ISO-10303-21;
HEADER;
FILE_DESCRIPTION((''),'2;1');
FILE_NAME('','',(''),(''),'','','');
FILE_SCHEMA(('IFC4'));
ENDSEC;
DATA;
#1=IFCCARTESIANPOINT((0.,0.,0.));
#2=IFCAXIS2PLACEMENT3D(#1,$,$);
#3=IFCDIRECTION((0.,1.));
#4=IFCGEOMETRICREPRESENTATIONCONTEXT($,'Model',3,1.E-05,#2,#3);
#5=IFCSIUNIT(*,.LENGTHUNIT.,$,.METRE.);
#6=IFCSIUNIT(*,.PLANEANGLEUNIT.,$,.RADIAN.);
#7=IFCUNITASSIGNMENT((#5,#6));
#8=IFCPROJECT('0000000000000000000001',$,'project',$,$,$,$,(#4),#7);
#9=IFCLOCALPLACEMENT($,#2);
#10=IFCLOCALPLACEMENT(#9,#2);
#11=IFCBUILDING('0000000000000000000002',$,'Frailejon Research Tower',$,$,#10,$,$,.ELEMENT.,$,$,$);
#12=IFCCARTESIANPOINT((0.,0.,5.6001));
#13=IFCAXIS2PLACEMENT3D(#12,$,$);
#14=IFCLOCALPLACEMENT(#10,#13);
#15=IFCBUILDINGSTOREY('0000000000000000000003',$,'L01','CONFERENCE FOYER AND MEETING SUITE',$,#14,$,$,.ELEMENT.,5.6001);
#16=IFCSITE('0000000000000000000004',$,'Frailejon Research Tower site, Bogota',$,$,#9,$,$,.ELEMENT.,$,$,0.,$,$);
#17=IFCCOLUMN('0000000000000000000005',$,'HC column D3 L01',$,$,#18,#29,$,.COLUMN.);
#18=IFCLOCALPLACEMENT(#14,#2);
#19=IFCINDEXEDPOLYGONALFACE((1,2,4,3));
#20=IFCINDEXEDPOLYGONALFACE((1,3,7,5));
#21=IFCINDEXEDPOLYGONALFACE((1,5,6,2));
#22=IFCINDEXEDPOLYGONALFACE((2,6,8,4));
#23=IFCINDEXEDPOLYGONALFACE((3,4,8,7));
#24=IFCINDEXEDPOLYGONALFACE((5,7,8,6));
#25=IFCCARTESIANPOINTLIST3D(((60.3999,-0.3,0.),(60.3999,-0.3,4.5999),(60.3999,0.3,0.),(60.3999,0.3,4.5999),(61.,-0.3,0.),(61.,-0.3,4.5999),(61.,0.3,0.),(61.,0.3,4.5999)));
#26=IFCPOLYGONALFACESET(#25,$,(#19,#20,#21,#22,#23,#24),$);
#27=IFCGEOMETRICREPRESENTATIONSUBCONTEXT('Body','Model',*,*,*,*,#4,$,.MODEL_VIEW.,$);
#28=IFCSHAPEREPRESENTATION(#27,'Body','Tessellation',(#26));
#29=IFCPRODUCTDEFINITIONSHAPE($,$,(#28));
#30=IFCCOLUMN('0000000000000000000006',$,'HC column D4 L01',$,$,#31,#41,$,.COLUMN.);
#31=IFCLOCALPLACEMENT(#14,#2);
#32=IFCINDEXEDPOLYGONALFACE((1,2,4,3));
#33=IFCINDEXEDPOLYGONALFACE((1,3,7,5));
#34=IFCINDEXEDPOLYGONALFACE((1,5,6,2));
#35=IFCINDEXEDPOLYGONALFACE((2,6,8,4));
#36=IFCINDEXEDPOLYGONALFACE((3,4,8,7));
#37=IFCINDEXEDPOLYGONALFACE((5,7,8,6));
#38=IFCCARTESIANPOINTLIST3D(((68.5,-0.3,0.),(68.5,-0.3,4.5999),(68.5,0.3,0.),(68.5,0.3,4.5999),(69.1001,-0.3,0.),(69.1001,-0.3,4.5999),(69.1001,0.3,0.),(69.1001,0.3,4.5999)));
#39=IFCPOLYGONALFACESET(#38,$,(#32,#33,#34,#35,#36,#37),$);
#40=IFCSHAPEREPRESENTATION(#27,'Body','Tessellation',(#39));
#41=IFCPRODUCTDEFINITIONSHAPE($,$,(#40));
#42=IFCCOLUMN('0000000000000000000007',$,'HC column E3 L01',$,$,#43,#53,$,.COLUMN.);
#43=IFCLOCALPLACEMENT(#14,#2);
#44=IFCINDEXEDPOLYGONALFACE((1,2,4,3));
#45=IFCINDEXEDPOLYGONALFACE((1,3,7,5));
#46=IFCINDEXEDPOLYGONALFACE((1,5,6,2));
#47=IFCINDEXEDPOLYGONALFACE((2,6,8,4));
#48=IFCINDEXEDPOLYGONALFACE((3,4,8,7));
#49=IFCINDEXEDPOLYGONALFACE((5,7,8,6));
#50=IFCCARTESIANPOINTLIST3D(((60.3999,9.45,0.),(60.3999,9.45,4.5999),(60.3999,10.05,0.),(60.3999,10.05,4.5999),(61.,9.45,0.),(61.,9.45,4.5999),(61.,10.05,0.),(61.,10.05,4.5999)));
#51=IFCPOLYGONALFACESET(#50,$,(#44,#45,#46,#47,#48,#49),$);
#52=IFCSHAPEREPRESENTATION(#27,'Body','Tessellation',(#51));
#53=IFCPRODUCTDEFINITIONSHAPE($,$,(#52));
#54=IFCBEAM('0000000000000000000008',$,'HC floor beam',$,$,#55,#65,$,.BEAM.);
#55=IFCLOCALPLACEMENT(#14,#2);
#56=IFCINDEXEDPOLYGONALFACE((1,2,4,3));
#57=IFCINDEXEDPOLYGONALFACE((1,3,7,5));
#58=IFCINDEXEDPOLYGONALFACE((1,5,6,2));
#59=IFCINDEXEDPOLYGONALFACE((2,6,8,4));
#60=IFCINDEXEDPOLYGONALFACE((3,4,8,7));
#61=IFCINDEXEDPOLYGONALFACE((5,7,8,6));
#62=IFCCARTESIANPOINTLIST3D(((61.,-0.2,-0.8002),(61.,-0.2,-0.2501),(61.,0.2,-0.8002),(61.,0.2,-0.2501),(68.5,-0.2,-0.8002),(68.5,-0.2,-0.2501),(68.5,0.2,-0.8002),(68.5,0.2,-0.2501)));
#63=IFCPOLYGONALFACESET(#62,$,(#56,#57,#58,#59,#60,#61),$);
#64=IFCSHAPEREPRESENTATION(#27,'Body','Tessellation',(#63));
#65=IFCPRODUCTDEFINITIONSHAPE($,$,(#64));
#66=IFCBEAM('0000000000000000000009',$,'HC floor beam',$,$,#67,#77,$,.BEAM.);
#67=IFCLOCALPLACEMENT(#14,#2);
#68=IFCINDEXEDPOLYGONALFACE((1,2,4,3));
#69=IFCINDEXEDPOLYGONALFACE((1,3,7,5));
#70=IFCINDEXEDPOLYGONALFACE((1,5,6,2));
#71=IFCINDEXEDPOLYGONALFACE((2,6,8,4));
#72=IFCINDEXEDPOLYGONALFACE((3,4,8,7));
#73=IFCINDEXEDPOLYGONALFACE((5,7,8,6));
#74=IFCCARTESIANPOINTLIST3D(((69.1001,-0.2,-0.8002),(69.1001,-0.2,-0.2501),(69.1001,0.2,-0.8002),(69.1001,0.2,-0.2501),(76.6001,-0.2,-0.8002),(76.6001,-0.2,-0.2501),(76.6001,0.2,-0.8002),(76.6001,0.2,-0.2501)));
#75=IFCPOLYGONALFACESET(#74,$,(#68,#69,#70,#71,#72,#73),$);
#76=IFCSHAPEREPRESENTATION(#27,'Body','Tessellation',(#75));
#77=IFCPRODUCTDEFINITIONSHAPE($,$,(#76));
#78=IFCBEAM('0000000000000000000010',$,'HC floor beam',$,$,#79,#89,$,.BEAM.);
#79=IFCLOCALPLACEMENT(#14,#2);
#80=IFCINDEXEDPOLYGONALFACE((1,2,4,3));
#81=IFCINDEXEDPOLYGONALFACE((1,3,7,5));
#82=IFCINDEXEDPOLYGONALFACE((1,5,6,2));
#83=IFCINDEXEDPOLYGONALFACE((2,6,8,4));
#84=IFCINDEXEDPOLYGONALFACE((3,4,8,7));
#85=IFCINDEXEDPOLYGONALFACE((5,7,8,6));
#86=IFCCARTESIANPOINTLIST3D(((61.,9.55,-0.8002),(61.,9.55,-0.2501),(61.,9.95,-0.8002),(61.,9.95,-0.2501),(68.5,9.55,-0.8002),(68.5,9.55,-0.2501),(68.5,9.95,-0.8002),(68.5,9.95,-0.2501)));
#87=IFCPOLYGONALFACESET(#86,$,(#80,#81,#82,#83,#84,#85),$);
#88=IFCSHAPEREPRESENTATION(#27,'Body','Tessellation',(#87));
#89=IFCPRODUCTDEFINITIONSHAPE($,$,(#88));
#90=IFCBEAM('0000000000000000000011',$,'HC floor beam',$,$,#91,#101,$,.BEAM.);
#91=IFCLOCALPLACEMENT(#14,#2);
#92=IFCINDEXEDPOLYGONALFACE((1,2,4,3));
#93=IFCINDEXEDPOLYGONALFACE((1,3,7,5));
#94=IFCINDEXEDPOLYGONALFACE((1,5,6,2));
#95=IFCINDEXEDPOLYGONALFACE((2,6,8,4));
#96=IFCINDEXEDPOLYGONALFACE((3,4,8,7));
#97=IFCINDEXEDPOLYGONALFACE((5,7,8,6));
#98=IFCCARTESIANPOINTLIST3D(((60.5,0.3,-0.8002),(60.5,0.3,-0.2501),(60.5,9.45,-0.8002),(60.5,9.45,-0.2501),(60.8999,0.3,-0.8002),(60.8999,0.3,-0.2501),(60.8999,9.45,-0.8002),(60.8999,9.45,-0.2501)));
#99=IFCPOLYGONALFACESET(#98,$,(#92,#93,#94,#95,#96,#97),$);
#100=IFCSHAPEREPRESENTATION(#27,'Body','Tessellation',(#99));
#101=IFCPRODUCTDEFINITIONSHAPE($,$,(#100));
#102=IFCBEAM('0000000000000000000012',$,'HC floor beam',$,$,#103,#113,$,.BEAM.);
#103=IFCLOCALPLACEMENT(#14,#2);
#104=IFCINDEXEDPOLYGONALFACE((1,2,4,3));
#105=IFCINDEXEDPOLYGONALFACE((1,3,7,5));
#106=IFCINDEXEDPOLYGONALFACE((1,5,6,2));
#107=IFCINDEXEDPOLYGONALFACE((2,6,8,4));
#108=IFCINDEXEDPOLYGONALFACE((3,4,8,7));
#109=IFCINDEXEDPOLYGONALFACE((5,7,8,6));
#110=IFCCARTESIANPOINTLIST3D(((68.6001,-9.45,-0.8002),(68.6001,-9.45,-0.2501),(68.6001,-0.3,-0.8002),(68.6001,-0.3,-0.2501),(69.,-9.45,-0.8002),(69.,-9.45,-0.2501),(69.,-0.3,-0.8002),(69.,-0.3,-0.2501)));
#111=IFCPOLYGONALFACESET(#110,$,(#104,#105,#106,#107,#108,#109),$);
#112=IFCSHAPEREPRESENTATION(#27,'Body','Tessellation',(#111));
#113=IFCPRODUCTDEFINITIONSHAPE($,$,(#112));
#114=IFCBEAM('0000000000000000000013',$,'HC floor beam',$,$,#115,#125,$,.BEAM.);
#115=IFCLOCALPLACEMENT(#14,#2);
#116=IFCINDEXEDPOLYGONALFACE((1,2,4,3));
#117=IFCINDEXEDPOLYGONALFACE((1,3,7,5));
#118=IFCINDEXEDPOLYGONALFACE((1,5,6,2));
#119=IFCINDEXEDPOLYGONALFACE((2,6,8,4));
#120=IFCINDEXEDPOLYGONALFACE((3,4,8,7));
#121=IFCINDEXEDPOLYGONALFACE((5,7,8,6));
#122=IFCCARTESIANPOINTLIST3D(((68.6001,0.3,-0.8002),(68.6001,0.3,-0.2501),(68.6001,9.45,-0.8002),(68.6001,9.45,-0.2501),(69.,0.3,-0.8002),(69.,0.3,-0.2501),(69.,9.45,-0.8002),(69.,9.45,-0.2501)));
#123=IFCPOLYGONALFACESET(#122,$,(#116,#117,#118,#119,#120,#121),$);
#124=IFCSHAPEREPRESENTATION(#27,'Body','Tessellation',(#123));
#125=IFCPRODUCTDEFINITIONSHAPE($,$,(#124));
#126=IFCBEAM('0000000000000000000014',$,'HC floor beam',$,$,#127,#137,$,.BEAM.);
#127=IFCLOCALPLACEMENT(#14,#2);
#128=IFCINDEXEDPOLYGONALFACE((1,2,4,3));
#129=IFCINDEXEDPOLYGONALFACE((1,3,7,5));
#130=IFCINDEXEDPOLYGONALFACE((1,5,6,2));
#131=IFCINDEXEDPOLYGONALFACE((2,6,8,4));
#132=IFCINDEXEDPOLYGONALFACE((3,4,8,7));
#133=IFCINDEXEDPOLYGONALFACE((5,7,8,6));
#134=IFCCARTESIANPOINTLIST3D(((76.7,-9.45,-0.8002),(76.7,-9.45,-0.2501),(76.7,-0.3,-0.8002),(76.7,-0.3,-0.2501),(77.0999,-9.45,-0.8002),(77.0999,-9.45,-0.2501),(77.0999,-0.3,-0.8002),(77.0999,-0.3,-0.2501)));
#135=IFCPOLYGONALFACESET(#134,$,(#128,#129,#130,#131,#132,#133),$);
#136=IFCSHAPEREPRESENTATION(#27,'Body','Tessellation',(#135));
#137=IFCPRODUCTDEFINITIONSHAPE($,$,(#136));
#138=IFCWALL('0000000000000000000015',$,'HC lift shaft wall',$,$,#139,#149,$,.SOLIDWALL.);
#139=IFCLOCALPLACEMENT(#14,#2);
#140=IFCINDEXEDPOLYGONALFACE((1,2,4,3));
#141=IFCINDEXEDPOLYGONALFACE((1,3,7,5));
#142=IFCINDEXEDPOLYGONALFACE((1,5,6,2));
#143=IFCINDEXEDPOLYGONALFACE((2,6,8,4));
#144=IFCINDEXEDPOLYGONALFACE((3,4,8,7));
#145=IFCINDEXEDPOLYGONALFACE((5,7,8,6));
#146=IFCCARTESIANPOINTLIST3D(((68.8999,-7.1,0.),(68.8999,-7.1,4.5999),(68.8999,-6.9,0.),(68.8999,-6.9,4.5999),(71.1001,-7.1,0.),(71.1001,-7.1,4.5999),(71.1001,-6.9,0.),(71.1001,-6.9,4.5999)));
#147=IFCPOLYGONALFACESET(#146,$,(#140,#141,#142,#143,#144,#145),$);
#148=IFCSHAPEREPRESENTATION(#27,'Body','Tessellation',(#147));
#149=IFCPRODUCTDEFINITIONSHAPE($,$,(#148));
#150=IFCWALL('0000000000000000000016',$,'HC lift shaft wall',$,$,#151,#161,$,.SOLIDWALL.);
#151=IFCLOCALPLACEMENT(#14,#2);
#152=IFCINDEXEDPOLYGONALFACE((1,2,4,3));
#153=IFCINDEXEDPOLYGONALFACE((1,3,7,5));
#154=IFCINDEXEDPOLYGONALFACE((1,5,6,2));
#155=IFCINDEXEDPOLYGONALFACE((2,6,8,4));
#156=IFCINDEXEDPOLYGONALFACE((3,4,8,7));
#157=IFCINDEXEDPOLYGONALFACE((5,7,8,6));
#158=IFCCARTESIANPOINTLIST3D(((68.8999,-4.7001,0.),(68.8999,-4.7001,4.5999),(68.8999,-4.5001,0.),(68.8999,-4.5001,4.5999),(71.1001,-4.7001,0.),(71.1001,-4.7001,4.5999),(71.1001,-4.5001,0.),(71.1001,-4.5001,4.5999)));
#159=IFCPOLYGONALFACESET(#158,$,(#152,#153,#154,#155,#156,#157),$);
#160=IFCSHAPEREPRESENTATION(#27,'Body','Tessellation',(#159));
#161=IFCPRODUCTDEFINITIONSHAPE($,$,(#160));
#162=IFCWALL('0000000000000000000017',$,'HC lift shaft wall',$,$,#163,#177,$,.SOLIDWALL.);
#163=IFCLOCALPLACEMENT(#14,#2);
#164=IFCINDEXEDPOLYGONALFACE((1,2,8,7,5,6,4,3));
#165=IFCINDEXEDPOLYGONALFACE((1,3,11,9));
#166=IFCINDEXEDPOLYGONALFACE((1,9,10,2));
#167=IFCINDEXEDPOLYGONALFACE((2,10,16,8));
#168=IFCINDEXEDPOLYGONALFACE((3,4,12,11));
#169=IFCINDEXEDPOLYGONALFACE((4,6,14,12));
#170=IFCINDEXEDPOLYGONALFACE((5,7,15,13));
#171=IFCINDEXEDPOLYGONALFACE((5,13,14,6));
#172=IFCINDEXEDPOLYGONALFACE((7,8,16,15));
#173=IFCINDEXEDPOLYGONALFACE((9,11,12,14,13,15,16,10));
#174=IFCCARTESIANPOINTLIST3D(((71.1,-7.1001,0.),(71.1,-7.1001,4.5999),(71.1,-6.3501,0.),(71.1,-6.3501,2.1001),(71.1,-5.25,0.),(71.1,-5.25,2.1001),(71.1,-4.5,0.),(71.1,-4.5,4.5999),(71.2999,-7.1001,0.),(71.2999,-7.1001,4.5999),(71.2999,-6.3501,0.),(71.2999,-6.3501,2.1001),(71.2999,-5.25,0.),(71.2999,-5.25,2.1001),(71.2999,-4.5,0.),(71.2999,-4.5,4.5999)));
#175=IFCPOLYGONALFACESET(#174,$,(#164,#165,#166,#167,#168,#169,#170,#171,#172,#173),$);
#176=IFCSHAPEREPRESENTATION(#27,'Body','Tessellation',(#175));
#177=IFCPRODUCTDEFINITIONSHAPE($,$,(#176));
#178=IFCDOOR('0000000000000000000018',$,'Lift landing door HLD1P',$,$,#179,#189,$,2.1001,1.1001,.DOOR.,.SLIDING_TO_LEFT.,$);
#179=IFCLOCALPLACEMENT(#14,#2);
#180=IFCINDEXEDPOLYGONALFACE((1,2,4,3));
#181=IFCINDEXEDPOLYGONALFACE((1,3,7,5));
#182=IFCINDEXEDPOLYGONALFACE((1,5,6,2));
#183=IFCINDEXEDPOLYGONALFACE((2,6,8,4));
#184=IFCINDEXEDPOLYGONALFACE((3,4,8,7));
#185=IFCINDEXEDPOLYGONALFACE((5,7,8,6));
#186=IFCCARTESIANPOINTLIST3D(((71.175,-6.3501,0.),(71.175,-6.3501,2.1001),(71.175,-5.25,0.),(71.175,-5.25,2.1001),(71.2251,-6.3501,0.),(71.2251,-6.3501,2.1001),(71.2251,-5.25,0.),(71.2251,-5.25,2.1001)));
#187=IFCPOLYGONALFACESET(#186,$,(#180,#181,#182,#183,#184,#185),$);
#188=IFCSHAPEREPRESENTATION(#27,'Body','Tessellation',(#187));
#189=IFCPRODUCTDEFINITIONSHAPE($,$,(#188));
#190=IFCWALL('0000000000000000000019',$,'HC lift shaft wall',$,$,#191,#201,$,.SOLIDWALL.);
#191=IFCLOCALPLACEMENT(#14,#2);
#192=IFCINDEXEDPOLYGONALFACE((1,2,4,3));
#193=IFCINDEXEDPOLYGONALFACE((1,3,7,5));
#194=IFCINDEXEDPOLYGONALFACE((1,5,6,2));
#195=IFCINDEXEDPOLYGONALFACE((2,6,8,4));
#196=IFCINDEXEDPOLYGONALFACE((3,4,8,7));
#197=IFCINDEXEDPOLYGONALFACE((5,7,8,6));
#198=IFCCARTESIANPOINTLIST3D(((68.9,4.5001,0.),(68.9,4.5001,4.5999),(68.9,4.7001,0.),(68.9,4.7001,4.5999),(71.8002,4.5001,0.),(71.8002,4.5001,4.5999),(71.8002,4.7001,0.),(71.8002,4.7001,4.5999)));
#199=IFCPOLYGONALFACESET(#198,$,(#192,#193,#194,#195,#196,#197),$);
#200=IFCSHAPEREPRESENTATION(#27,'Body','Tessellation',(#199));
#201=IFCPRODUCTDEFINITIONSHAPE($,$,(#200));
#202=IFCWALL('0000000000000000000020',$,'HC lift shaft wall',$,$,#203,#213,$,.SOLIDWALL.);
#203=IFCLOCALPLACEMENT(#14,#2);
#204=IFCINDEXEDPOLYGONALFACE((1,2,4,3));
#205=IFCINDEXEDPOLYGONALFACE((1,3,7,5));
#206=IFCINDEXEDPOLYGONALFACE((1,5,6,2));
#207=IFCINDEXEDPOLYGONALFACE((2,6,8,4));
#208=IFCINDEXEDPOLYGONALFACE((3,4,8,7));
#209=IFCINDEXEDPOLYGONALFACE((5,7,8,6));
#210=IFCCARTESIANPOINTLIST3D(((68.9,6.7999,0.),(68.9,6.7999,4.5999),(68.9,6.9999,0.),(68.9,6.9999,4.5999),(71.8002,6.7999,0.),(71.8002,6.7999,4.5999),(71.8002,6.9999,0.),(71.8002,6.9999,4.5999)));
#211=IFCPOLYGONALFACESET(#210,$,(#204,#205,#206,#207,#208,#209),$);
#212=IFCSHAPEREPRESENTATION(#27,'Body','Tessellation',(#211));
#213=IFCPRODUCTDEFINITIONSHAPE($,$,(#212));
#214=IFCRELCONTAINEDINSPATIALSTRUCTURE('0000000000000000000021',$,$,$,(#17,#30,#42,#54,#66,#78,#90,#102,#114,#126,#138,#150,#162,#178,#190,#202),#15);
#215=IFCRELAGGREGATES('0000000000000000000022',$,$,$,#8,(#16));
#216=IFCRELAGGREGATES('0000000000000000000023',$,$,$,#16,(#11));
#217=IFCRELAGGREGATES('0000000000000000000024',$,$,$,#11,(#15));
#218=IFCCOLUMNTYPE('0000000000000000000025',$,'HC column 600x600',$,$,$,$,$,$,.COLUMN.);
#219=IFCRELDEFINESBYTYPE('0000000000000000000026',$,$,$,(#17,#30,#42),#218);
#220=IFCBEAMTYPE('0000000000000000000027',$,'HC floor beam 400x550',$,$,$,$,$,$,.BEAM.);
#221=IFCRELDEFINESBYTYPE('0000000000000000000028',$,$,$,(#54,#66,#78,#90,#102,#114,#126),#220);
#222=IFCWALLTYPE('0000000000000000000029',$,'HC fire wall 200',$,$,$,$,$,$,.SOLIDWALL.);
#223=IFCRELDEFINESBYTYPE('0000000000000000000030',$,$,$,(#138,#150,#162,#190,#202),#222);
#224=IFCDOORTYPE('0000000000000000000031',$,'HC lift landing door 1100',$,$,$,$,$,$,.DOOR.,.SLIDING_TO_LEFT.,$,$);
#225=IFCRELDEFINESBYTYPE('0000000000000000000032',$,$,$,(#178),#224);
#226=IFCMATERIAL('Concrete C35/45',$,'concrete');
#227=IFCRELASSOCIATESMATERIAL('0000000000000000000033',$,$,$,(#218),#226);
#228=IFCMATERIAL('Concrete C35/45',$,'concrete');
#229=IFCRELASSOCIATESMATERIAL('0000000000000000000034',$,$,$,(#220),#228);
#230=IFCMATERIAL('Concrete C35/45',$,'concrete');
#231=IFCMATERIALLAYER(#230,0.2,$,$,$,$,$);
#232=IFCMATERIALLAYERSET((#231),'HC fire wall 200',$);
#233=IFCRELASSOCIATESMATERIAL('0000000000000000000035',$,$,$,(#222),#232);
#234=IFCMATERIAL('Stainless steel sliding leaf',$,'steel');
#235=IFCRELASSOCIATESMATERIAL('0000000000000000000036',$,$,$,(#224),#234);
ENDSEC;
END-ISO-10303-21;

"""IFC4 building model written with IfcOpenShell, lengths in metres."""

from ifc_helpers import new_model, si_unit, direction, frame, frame_2d, origin, origin_2d, place, context, subcontext, project, spatial, rectangle, extrude, material, layer, layer_set, material_profile, profile_set, type_object, element, fill, save


model = new_model("IFC4")

# Units and contexts
model_context = context("Model", 3, precision=1e-05, world=origin(), true_north=direction((0.0, 1.0)))
body_context = subcontext(model_context, "Body", "Model", "MODEL_VIEW")
ifc_project = project(units=[si_unit("LENGTHUNIT", "METRE"), si_unit("PLANEANGLEUNIT", "RADIAN")], contexts=[model_context])

# Site, building, storey
site_placement = place(None, origin())
site = spatial("IfcSite", under=ifc_project, at=site_placement, Name="Frailejon Research Tower site, Bogota", CompositionType="ELEMENT", RefElevation=0.0)
building_placement = place(site_placement, origin())
building = spatial("IfcBuilding", under=site, at=building_placement, Name="Frailejon Research Tower", CompositionType="ELEMENT")
storey_placement = place(building_placement, frame((0.0, 0.0, 5.6001)))
storey = spatial("IfcBuildingStorey", under=building, at=storey_placement, Name="L01", Description="CONFERENCE FOYER AND MEETING SUITE", CompositionType="ELEMENT", Elevation=5.6001)

# Columns
ifc_material_1 = material(Name="Concrete C35/45", Category="concrete")
ifc_material_profile_1 = material_profile(ifc_material_1, rectangle(XDim=0.6001, YDim=0.6001, at=origin_2d()), Name="HC column 600x600")
ifc_profile_set_1 = profile_set([ifc_material_profile_1], Name="Concrete C35/45")
column_type = type_object("IfcColumnType", Name="HC column 600x600", PredefinedType="COLUMN", material=ifc_profile_set_1)
for number, where, z_axis, x_axis, name in (
    (1, (60.7, 0.0, 0.0), (0.0, 0.0, 1.0), (1.0, 0.0, 0.0), "HC column D3 L01"),
    (2, (68.8, 0.0, 0.0), (0.0, 0.0, 1.0), (1.0, 0.0, 0.0), "HC column D4 L01"),
    (3, (60.7, 9.75, 0.0), (0.0, 0.0, 1.0), (1.0, 0.0, 0.0), "HC column E3 L01"),
):
    element("IfcColumn", number, at=place(storey_placement, frame(where, z_axis=z_axis, x_axis=x_axis)), inside=storey, type_object=column_type, Name=name, PredefinedType="COLUMN", context=body_context, shape_type="SweptSolid", body=[
        extrude(rectangle(XDim=0.6001, YDim=0.6001, at=origin_2d()), origin(), (0.0, 0.0, 1.0), 4.5999),
    ])

# Beams
ifc_material_2 = material(Name="Concrete C35/45", Category="concrete")
ifc_material_profile_2 = material_profile(ifc_material_2, rectangle(XDim=0.3999, YDim=0.55, at=origin_2d()), Name="HC floor beam 400x550")
ifc_profile_set_2 = profile_set([ifc_material_profile_2], Name="Concrete C35/45")
beam_type = type_object("IfcBeamType", Name="HC floor beam 400x550", PredefinedType="BEAM", material=ifc_profile_set_2)
for number, where, z_axis, x_axis, name in (
    (4, (61.0, 0.0, -0.5251), (1.0, 0.0, 0.0), (0.0, 1.0, 0.0), "HC floor beam"),
    (5, (69.1001, 0.0, -0.5251), (1.0, 0.0, 0.0), (0.0, 1.0, 0.0), "HC floor beam"),
    (6, (61.0, 9.75, -0.5251), (1.0, 0.0, 0.0), (0.0, 1.0, 0.0), "HC floor beam"),
):
    element("IfcBeam", number, at=place(storey_placement, frame(where, z_axis=z_axis, x_axis=x_axis)), inside=storey, type_object=beam_type, Name=name, PredefinedType="BEAM", context=body_context, shape_type="SweptSolid", body=[
        extrude(rectangle(XDim=0.3999, YDim=0.55, at=origin_2d()), origin(), (0.0, 0.0, 1.0), 7.5),
    ])
for number, where, z_axis, x_axis, name in (
    (7, (60.7, 0.3, -0.5251), (0.0, 1.0, 0.0), (-1.0, 0.0, 0.0), "HC floor beam"),
    (8, (68.8, -9.45, -0.5251), (0.0, 1.0, 0.0), (-1.0, 0.0, 0.0), "HC floor beam"),
    (9, (68.8, 0.3, -0.5251), (0.0, 1.0, 0.0), (-1.0, 0.0, 0.0), "HC floor beam"),
    (10, (76.8999, -9.45, -0.5251), (0.0, 1.0, 0.0), (-1.0, 0.0, 0.0), "HC floor beam"),
):
    element("IfcBeam", number, at=place(storey_placement, frame(where, z_axis=z_axis, x_axis=x_axis)), inside=storey, type_object=beam_type, Name=name, PredefinedType="BEAM", context=body_context, shape_type="SweptSolid", body=[
        extrude(rectangle(XDim=0.3999, YDim=0.55, at=origin_2d()), origin(), (0.0, 0.0, 1.0), 9.1499),
    ])

# Walls
ifc_material_3 = material(Name="Concrete C35/45", Category="concrete")
ifc_layer_1 = layer(ifc_material_3, 0.2)
ifc_layer_set_1 = layer_set([ifc_layer_1], Name="HC fire wall 200")
wall_type_1 = type_object("IfcWallType", Name="HC fire wall 200", PredefinedType="SOLIDWALL", material=ifc_layer_set_1)
for number, where, z_axis, x_axis, name in (
    (11, (68.8999, -7.0, 0.0), (0.0, 0.0, 1.0), (1.0, 0.0, 0.0), "HC lift shaft wall"),
    (12, (68.8999, -4.6001, 0.0), (0.0, 0.0, 1.0), (1.0, 0.0, 0.0), "HC lift shaft wall"),
):
    element("IfcWall", number, at=place(storey_placement, frame(where, z_axis=z_axis, x_axis=x_axis)), inside=storey, type_object=wall_type_1, Name=name, PredefinedType="SOLIDWALL", context=body_context, shape_type="SweptSolid", body=[
        extrude(rectangle(XDim=2.2002, YDim=0.2, at=frame_2d((1.1001, 0.0))), origin(), (0.0, 0.0, 1.0), 4.5999),
    ])

# Wall, opening, door
wall_1_placement = place(storey_placement, frame((71.2, -7.1001, 0.0), z_axis=(0.0, 0.0, 1.0), x_axis=(0.0, 1.0, 0.0)))
wall_1 = element("IfcWall", 13, at=wall_1_placement, inside=storey, type_object=wall_type_1, Name="HC lift shaft wall", PredefinedType="SOLIDWALL", context=body_context, shape_type="SweptSolid", body=[
    extrude(rectangle(XDim=2.6001, YDim=0.2, at=frame_2d((1.3, 0.0))), origin(), (0.0, 0.0, 1.0), 4.5999),
])
opening_1_placement = place(wall_1_placement, frame((0.75, 0.0, 0.0)))
opening_1 = element("IfcOpeningElement", 14, at=opening_1_placement, cuts=wall_1, PredefinedType="OPENING", context=body_context, shape_type="SweptSolid", body=[
    extrude(rectangle(XDim=1.1001, YDim=2.1001, at=frame_2d((0.55, 1.05))), frame((0.0, 0.1099, 0.0), z_axis=(0.0, -1.0, 0.0), x_axis=(1.0, 0.0, 0.0)), (0.0, 0.0, 1.0), 0.22),
])
ifc_material_4 = material(Name="Stainless steel sliding leaf", Category="steel")
door_type_1 = type_object("IfcDoorType", Name="HC lift landing door 1100", OperationType="SLIDING_TO_LEFT", PredefinedType="DOOR", material=ifc_material_4)
door_1_placement = place(opening_1_placement, origin())
door_1 = element("IfcDoor", 15, at=door_1_placement, inside=storey, type_object=door_type_1, Name="Lift landing door HLD1P", OperationType="SLIDING_TO_LEFT", OverallHeight=2.1001, OverallWidth=1.1001, PredefinedType="DOOR", context=body_context, shape_type="SweptSolid", body=[
    extrude(rectangle(XDim=1.1001, YDim=2.1001, at=frame_2d((0.55, 1.05))), frame((0.0, 0.0249, 0.0), z_axis=(0.0, -1.0, 0.0), x_axis=(1.0, 0.0, 0.0)), (0.0, 0.0, 1.0), 0.05),
])
fill(opening_1, door_1)

# Walls
for number, where, z_axis, x_axis, name in (
    (16, (68.8999, 4.6001, 0.0), (0.0, 0.0, 1.0), (1.0, 0.0, 0.0), "HC lift shaft wall"),
    (17, (68.8999, 6.8999, 0.0), (0.0, 0.0, 1.0), (1.0, 0.0, 0.0), "HC lift shaft wall"),
):
    element("IfcWall", number, at=place(storey_placement, frame(where, z_axis=z_axis, x_axis=x_axis)), inside=storey, type_object=wall_type_1, Name=name, PredefinedType="SOLIDWALL", context=body_context, shape_type="SweptSolid", body=[
        extrude(rectangle(XDim=2.9001, YDim=0.2, at=frame_2d((1.4502, 0.0))), origin(), (0.0, 0.0, 1.0), 4.5999),
    ])

save(model, "model.ifc")
